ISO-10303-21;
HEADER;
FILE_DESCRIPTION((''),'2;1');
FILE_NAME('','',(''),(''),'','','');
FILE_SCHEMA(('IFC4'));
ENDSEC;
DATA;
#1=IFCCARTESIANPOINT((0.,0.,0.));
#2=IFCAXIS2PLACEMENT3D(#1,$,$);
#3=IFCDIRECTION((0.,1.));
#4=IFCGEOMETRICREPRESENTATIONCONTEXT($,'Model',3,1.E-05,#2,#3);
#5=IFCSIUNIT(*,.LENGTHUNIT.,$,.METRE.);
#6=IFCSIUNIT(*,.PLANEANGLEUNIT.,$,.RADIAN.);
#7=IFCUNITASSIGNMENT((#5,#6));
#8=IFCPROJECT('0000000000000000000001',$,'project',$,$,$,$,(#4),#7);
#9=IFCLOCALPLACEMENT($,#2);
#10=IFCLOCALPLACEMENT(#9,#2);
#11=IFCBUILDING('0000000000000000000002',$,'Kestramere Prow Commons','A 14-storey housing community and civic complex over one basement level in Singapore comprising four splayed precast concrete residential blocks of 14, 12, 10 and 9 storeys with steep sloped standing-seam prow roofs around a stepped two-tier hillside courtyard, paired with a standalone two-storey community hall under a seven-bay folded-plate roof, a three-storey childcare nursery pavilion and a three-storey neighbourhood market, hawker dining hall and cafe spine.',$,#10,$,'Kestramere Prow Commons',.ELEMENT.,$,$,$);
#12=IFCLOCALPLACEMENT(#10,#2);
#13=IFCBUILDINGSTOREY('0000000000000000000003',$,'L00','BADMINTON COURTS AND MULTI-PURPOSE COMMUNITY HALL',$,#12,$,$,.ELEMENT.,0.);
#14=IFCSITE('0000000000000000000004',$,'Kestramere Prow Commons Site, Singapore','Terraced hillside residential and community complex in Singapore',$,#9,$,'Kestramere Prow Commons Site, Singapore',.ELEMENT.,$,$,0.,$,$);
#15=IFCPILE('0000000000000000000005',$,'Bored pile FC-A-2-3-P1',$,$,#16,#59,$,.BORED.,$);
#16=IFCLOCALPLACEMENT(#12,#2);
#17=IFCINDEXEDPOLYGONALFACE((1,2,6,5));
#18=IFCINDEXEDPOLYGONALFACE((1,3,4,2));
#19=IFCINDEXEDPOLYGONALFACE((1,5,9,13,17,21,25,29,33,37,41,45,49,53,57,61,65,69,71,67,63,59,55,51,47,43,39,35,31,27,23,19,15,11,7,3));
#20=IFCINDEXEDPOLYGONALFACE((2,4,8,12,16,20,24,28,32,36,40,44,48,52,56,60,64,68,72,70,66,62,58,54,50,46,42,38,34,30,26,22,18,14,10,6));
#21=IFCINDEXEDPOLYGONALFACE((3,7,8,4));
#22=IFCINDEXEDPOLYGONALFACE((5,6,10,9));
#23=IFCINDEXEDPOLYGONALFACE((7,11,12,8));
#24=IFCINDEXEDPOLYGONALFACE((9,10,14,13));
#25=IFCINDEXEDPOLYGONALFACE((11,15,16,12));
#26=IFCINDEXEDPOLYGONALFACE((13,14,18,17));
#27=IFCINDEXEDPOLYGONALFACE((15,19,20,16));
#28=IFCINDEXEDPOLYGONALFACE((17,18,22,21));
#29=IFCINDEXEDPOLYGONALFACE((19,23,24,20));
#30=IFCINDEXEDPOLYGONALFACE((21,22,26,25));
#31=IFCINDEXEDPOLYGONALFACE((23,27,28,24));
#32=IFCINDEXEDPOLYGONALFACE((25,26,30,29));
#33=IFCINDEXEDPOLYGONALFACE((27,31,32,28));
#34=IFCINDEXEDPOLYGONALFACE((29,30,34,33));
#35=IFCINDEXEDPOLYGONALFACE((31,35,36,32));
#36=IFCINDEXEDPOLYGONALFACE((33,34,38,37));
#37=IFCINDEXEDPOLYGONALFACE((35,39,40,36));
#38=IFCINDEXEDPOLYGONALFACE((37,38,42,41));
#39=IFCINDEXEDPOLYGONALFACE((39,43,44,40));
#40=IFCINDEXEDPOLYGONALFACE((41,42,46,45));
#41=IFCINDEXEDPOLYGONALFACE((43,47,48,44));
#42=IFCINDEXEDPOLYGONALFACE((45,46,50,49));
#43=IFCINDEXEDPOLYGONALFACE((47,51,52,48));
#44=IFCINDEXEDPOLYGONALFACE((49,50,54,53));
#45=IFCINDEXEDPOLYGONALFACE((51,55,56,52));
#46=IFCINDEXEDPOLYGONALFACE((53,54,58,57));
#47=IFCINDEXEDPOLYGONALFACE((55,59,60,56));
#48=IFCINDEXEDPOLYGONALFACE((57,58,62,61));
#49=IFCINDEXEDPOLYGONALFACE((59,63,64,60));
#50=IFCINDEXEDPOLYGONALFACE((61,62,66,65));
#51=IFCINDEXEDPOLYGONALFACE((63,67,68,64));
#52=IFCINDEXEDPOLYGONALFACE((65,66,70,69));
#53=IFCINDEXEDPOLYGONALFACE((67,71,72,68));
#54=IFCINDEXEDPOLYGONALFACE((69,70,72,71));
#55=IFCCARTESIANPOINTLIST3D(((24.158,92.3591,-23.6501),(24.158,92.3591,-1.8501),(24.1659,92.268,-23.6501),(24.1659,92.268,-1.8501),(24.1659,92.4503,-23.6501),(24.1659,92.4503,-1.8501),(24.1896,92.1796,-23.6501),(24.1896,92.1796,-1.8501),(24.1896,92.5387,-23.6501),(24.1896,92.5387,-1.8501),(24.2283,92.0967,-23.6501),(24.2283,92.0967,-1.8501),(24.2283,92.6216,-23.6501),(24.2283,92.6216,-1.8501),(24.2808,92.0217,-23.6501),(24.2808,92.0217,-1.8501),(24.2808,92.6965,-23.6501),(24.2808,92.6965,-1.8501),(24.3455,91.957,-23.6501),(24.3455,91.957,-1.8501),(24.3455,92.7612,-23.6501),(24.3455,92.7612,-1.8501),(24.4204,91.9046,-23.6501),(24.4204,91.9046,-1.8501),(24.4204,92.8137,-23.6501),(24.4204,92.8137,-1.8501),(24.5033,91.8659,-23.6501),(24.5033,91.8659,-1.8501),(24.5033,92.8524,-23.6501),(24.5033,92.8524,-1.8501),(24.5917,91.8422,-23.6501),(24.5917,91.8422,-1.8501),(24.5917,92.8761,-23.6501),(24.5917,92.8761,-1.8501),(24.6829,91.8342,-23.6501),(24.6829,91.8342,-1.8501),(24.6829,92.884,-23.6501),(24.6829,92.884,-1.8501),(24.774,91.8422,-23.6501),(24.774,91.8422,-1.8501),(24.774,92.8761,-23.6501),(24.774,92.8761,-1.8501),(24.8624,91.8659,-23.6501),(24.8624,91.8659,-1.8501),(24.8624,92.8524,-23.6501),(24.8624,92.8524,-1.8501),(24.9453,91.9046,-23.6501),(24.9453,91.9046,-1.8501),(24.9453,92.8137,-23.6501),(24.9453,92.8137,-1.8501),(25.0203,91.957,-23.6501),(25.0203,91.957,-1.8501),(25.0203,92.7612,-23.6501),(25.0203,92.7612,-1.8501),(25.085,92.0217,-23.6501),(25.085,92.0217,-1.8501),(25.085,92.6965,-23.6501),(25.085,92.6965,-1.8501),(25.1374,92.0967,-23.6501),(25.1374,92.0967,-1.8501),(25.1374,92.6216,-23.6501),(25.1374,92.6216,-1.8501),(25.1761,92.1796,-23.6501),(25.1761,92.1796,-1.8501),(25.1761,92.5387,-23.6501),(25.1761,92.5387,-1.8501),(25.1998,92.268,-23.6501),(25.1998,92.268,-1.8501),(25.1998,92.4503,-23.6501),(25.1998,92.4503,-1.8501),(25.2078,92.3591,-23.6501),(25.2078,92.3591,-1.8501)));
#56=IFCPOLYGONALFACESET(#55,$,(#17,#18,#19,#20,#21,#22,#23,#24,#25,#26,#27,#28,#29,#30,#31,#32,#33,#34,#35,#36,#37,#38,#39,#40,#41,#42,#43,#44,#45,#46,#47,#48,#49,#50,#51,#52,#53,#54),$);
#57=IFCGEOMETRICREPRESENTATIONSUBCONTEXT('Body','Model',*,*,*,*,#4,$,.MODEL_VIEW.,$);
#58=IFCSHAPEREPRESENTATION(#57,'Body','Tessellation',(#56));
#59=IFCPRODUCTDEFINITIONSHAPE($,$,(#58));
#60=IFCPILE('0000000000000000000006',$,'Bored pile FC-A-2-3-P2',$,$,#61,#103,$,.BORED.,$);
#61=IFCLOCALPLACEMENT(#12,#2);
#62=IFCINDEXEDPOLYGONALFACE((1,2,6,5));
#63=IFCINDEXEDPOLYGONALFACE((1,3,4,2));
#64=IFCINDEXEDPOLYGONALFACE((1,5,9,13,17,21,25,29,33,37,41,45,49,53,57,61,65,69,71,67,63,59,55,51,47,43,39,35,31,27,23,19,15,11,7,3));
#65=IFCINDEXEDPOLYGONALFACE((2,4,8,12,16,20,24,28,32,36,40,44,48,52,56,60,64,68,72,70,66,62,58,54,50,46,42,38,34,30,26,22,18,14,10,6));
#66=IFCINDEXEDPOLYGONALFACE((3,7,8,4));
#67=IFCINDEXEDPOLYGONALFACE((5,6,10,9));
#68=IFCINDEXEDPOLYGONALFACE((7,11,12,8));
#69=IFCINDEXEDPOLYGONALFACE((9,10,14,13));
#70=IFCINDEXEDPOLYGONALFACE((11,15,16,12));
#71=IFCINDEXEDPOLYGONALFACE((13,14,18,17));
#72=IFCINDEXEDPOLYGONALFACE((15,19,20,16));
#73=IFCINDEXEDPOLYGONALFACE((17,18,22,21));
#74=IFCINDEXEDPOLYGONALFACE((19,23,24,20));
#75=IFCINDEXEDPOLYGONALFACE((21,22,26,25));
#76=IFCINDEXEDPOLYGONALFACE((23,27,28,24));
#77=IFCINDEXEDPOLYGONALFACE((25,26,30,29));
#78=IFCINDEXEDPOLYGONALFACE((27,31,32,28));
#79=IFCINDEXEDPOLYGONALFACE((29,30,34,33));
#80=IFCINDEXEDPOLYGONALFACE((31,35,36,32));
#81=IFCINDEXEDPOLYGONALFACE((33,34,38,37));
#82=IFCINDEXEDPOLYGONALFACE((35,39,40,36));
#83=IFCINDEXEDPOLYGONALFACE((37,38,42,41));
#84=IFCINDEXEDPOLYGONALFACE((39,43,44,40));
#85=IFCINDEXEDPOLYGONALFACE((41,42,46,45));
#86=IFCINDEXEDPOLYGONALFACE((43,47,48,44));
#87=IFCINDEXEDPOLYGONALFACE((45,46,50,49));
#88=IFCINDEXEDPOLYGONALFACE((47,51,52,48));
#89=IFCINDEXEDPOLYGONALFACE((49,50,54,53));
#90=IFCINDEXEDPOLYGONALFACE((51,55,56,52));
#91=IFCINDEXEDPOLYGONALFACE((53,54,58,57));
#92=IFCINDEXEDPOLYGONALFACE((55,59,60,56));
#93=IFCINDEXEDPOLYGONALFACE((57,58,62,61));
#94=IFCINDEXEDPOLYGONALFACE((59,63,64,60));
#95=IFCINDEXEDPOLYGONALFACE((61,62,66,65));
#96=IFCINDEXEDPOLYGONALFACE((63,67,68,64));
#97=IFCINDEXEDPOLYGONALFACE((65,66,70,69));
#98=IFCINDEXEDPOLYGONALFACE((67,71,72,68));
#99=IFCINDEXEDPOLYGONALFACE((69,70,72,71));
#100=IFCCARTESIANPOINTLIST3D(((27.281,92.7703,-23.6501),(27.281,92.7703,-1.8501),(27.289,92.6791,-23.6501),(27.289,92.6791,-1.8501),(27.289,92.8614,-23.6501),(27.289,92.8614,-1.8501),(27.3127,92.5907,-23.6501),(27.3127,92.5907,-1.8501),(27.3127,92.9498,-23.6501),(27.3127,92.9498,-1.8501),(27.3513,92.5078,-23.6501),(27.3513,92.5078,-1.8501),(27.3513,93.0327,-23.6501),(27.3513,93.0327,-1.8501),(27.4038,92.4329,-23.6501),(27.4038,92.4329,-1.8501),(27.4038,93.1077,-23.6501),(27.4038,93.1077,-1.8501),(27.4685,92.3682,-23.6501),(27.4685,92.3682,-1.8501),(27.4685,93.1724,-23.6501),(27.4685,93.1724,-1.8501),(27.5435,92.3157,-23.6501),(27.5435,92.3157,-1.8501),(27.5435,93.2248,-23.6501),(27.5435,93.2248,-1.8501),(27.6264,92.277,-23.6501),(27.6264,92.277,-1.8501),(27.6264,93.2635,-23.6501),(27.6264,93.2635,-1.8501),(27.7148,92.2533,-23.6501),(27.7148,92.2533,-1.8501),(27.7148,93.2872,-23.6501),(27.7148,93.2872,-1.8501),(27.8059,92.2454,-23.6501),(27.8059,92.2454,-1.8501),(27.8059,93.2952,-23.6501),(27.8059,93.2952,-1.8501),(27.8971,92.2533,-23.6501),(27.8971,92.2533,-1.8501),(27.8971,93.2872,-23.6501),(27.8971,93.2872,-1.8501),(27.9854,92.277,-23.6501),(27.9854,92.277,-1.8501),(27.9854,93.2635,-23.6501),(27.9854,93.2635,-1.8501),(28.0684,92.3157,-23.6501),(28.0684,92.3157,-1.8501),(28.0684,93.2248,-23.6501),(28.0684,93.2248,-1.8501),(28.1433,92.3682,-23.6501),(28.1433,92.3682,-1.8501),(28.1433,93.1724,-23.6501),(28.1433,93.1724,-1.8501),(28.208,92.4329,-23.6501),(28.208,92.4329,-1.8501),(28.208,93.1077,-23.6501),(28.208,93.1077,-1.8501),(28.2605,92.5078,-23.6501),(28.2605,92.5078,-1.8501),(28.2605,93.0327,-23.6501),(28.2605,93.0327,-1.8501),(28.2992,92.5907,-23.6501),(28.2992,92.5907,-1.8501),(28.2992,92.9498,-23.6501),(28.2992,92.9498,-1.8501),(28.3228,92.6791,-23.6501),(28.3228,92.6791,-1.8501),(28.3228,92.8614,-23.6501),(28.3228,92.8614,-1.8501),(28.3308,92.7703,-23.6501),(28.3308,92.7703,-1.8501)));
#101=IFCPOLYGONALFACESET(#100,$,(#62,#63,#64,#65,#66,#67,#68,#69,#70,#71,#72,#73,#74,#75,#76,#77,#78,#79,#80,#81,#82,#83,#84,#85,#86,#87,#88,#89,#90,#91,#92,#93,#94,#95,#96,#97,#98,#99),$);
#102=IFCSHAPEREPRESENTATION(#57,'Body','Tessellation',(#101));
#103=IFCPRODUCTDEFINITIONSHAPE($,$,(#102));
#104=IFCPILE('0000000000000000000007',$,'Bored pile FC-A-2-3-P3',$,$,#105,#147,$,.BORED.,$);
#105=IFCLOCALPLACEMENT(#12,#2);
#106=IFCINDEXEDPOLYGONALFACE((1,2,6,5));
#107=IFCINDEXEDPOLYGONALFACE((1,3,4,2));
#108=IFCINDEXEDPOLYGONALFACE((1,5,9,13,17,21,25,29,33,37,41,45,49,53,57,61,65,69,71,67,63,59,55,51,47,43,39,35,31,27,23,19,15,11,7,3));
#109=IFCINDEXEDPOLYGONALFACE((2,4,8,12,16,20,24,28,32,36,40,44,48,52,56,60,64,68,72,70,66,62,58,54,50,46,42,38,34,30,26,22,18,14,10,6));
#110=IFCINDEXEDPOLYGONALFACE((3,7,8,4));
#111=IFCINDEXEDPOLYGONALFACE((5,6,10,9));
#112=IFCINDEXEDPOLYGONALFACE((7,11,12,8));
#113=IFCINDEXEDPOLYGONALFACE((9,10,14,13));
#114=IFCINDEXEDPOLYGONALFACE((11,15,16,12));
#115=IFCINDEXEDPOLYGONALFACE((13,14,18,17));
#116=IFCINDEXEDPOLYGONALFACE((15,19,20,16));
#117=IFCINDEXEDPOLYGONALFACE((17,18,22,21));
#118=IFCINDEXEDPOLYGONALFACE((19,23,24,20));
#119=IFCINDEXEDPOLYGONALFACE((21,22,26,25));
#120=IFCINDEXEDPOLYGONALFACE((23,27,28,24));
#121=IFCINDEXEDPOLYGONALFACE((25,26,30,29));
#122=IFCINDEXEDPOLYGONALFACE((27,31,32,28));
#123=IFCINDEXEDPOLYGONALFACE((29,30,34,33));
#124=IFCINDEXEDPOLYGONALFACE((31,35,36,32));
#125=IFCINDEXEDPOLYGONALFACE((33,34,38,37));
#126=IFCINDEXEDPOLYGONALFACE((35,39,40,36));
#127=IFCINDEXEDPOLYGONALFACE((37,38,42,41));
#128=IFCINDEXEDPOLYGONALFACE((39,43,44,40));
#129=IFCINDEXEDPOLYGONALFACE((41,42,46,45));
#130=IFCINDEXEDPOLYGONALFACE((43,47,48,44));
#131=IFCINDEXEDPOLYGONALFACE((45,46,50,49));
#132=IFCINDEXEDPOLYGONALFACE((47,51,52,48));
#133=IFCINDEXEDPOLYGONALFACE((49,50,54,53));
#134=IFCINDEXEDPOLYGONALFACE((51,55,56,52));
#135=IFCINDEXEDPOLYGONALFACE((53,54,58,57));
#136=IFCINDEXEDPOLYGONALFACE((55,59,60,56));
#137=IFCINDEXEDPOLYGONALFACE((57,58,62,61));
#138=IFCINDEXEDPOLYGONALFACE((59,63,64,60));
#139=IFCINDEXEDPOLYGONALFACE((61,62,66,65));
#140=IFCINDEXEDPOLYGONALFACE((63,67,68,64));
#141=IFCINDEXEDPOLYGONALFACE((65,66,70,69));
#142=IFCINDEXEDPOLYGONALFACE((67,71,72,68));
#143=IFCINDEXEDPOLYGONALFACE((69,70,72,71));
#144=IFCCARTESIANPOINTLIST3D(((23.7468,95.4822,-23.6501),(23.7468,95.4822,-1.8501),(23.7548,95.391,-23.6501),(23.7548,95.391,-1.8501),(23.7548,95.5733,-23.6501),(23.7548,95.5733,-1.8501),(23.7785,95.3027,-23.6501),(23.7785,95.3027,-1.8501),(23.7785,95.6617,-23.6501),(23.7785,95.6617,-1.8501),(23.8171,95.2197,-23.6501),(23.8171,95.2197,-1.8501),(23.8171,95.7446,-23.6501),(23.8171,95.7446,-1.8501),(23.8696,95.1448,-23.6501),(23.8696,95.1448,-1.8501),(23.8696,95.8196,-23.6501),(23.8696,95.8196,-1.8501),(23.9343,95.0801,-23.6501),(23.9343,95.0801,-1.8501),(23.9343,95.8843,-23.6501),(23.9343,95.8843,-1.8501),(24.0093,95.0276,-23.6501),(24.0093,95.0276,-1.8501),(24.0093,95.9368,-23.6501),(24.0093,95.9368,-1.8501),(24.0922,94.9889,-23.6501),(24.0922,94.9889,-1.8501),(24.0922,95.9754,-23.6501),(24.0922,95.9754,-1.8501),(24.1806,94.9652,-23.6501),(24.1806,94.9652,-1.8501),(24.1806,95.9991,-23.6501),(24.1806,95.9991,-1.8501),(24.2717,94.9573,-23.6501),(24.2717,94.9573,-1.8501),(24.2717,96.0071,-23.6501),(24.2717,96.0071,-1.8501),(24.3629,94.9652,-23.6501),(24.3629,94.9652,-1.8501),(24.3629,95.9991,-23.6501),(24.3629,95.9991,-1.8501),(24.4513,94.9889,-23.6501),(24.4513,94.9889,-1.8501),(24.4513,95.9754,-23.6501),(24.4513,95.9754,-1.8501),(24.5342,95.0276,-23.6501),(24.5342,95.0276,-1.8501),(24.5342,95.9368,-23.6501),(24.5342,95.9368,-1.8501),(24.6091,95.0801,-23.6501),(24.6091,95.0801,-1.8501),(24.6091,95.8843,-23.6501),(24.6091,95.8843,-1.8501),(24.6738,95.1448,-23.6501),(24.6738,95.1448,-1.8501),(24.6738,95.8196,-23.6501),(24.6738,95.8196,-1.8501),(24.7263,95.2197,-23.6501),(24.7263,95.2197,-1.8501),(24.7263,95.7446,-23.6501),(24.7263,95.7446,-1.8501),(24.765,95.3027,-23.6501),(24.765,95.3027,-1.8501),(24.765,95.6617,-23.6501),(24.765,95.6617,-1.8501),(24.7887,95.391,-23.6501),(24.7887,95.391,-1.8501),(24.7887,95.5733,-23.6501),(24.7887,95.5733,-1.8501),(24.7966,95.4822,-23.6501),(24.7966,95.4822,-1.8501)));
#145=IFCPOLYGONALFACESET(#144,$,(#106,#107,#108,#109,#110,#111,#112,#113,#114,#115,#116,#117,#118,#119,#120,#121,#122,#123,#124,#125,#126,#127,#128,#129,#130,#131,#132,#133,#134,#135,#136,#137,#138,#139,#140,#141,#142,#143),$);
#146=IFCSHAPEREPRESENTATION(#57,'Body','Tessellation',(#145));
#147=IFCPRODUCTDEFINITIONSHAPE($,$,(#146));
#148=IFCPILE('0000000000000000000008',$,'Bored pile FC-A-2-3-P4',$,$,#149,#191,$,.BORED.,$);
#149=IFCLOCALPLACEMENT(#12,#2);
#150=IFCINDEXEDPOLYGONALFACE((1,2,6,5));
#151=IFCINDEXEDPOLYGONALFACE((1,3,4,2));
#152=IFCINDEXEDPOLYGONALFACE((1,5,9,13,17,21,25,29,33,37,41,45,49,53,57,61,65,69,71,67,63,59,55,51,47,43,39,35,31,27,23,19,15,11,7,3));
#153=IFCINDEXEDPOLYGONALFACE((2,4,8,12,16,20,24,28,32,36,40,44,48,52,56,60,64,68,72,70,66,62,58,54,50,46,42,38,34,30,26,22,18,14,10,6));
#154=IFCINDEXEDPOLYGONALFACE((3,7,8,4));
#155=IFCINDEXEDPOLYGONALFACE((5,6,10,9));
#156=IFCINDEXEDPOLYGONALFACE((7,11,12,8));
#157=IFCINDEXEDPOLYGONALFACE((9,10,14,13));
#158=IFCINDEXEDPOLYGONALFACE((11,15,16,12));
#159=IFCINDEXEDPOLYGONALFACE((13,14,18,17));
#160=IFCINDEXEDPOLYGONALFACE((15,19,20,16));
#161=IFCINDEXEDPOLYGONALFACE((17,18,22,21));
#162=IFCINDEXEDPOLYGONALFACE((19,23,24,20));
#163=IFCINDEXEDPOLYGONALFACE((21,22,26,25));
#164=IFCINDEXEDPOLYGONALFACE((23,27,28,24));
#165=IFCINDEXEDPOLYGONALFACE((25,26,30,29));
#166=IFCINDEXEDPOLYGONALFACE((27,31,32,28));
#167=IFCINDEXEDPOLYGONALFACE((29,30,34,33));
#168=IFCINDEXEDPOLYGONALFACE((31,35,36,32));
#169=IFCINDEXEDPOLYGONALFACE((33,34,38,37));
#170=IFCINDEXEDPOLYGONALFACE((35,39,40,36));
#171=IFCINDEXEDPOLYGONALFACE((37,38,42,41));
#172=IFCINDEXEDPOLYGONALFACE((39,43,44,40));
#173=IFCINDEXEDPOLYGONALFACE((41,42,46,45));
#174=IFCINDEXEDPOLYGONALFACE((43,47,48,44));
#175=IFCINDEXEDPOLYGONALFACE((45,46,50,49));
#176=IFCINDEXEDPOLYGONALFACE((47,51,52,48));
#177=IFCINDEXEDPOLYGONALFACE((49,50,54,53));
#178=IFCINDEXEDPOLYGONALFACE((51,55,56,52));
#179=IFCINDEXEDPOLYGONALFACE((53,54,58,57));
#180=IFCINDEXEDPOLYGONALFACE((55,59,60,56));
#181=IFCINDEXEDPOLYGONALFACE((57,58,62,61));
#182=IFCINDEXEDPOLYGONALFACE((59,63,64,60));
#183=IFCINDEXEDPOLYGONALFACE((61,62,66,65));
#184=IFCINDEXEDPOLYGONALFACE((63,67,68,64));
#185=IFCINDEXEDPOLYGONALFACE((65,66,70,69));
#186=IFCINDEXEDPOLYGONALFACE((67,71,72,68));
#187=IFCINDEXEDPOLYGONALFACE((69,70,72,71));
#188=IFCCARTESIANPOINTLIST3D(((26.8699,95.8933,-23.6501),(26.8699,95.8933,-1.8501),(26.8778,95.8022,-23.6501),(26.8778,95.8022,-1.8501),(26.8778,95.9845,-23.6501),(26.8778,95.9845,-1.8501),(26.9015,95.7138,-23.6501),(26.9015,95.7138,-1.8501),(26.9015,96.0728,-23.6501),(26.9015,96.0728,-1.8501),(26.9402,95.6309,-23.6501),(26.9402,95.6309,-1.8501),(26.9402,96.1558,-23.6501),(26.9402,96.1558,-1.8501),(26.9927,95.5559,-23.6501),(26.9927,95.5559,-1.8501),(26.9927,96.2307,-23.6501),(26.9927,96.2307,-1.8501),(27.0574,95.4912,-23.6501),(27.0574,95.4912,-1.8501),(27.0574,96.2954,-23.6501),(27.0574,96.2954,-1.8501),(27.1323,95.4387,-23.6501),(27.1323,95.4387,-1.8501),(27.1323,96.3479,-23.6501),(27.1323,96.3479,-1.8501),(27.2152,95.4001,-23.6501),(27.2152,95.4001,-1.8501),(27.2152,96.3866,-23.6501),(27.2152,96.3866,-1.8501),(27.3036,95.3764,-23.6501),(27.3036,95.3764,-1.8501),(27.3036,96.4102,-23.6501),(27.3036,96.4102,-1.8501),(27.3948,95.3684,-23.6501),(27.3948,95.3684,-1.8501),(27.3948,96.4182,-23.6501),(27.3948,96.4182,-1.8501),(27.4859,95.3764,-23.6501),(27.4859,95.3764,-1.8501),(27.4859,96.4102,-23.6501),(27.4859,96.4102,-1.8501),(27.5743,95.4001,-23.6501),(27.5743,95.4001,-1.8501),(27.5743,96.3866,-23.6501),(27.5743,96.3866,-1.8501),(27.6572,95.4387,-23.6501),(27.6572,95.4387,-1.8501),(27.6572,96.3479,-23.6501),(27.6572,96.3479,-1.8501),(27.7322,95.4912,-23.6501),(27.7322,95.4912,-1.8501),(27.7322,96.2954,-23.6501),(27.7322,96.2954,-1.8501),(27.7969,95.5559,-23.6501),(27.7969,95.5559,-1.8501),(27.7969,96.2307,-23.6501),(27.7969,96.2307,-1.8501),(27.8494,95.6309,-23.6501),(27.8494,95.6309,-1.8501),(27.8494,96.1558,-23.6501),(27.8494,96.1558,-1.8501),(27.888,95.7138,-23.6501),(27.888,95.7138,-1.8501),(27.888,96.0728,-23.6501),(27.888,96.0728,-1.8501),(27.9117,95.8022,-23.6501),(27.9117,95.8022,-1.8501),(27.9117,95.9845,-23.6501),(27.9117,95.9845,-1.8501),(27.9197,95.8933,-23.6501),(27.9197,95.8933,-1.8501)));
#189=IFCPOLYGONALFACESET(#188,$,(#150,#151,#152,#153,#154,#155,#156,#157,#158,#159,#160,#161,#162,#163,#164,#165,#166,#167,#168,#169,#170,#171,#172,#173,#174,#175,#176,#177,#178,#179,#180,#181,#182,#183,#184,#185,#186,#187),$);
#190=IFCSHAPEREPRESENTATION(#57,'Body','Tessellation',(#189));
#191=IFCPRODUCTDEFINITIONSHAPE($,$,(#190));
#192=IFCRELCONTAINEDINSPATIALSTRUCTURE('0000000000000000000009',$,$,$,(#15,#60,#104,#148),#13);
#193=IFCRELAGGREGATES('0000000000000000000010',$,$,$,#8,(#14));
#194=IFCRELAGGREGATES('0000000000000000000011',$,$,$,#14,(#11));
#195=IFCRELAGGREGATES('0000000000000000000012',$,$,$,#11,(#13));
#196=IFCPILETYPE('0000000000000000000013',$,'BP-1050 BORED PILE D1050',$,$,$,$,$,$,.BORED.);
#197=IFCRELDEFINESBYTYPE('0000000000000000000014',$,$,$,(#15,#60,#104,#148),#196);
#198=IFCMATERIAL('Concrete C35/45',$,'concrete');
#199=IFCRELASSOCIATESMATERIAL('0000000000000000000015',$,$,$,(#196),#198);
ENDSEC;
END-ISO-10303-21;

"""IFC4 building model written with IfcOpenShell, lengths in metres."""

from ifc_helpers import new_model, si_unit, direction, frame, origin, origin_2d, place, context, subcontext, project, spatial, circle, extrude, material, material_profile, profile_set, type_object, element, save


model = new_model("IFC4")

# Units and contexts
model_context = context("Model", 3, precision=1e-05, world=origin(), true_north=direction((0.0, 1.0)))
body_context = subcontext(model_context, "Body", "Model", "MODEL_VIEW")
ifc_project = project(units=[si_unit("LENGTHUNIT", "METRE"), si_unit("PLANEANGLEUNIT", "RADIAN")], contexts=[model_context])

# Site, building, storey
site_placement = place(None, origin())
site = spatial("IfcSite", under=ifc_project, at=site_placement, Name="Kestramere Prow Commons Site, Singapore", Description="Terraced hillside residential and community complex in Singapore", LongName="Kestramere Prow Commons Site, Singapore", CompositionType="ELEMENT", RefElevation=0.0)
building_placement = place(site_placement, origin())
building = spatial("IfcBuilding", under=site, at=building_placement, Name="Kestramere Prow Commons", Description="A 14-storey housing community and civic complex over one basement level in Singapore comprising four splayed precast concrete residential blocks of 14, 12, 10 and 9 storeys with steep sloped standing-seam prow roofs around a stepped two-tier hillside courtyard, paired with a standalone two-storey community hall under a seven-bay folded-plate roof, a three-storey childcare nursery pavilion and a three-storey neighbourhood market, hawker dining hall and cafe spine.", LongName="Kestramere Prow Commons", CompositionType="ELEMENT")
storey_placement = place(building_placement, origin())
storey = spatial("IfcBuildingStorey", under=building, at=storey_placement, Name="L00", Description="BADMINTON COURTS AND MULTI-PURPOSE COMMUNITY HALL", CompositionType="ELEMENT", Elevation=0.0)

# Piles
ifc_material_1 = material(Name="Concrete C35/45", Category="concrete")
ifc_material_profile_1 = material_profile(ifc_material_1, circle(Radius=0.5249, at=origin_2d()), Name="BORED PILE D1050")
ifc_profile_set_1 = profile_set([ifc_material_profile_1], Name="Concrete C35/45")
pile_type = type_object("IfcPileType", Name="BP-1050 BORED PILE D1050", PredefinedType="BORED", material=ifc_profile_set_1)
for number, where, z_axis, x_axis, name in (
    (1, (24.6829, 92.3591, -1.8501), (0.0, 0.0, -1.0), (1.0, 0.0, 0.0), "Bored pile FC-A-2-3-P1"),
    (2, (27.8059, 92.7703, -1.8501), (0.0, 0.0, -1.0), (1.0, 0.0, 0.0), "Bored pile FC-A-2-3-P2"),
    (3, (24.2717, 95.4822, -1.8501), (0.0, 0.0, -1.0), (1.0, 0.0, 0.0), "Bored pile FC-A-2-3-P3"),
    (4, (27.3948, 95.8933, -1.8501), (0.0, 0.0, -1.0), (1.0, 0.0, 0.0), "Bored pile FC-A-2-3-P4"),
):
    element("IfcPile", number, at=place(storey_placement, frame(where, z_axis=z_axis, x_axis=x_axis)), inside=storey, type_object=pile_type, Name=name, PredefinedType="BORED", context=body_context, shape_type="SweptSolid", body=[
        extrude(circle(Radius=0.5249, at=origin_2d()), origin(), (0.0, 0.0, 1.0), 21.8),
    ])

save(model, "model.ifc")
